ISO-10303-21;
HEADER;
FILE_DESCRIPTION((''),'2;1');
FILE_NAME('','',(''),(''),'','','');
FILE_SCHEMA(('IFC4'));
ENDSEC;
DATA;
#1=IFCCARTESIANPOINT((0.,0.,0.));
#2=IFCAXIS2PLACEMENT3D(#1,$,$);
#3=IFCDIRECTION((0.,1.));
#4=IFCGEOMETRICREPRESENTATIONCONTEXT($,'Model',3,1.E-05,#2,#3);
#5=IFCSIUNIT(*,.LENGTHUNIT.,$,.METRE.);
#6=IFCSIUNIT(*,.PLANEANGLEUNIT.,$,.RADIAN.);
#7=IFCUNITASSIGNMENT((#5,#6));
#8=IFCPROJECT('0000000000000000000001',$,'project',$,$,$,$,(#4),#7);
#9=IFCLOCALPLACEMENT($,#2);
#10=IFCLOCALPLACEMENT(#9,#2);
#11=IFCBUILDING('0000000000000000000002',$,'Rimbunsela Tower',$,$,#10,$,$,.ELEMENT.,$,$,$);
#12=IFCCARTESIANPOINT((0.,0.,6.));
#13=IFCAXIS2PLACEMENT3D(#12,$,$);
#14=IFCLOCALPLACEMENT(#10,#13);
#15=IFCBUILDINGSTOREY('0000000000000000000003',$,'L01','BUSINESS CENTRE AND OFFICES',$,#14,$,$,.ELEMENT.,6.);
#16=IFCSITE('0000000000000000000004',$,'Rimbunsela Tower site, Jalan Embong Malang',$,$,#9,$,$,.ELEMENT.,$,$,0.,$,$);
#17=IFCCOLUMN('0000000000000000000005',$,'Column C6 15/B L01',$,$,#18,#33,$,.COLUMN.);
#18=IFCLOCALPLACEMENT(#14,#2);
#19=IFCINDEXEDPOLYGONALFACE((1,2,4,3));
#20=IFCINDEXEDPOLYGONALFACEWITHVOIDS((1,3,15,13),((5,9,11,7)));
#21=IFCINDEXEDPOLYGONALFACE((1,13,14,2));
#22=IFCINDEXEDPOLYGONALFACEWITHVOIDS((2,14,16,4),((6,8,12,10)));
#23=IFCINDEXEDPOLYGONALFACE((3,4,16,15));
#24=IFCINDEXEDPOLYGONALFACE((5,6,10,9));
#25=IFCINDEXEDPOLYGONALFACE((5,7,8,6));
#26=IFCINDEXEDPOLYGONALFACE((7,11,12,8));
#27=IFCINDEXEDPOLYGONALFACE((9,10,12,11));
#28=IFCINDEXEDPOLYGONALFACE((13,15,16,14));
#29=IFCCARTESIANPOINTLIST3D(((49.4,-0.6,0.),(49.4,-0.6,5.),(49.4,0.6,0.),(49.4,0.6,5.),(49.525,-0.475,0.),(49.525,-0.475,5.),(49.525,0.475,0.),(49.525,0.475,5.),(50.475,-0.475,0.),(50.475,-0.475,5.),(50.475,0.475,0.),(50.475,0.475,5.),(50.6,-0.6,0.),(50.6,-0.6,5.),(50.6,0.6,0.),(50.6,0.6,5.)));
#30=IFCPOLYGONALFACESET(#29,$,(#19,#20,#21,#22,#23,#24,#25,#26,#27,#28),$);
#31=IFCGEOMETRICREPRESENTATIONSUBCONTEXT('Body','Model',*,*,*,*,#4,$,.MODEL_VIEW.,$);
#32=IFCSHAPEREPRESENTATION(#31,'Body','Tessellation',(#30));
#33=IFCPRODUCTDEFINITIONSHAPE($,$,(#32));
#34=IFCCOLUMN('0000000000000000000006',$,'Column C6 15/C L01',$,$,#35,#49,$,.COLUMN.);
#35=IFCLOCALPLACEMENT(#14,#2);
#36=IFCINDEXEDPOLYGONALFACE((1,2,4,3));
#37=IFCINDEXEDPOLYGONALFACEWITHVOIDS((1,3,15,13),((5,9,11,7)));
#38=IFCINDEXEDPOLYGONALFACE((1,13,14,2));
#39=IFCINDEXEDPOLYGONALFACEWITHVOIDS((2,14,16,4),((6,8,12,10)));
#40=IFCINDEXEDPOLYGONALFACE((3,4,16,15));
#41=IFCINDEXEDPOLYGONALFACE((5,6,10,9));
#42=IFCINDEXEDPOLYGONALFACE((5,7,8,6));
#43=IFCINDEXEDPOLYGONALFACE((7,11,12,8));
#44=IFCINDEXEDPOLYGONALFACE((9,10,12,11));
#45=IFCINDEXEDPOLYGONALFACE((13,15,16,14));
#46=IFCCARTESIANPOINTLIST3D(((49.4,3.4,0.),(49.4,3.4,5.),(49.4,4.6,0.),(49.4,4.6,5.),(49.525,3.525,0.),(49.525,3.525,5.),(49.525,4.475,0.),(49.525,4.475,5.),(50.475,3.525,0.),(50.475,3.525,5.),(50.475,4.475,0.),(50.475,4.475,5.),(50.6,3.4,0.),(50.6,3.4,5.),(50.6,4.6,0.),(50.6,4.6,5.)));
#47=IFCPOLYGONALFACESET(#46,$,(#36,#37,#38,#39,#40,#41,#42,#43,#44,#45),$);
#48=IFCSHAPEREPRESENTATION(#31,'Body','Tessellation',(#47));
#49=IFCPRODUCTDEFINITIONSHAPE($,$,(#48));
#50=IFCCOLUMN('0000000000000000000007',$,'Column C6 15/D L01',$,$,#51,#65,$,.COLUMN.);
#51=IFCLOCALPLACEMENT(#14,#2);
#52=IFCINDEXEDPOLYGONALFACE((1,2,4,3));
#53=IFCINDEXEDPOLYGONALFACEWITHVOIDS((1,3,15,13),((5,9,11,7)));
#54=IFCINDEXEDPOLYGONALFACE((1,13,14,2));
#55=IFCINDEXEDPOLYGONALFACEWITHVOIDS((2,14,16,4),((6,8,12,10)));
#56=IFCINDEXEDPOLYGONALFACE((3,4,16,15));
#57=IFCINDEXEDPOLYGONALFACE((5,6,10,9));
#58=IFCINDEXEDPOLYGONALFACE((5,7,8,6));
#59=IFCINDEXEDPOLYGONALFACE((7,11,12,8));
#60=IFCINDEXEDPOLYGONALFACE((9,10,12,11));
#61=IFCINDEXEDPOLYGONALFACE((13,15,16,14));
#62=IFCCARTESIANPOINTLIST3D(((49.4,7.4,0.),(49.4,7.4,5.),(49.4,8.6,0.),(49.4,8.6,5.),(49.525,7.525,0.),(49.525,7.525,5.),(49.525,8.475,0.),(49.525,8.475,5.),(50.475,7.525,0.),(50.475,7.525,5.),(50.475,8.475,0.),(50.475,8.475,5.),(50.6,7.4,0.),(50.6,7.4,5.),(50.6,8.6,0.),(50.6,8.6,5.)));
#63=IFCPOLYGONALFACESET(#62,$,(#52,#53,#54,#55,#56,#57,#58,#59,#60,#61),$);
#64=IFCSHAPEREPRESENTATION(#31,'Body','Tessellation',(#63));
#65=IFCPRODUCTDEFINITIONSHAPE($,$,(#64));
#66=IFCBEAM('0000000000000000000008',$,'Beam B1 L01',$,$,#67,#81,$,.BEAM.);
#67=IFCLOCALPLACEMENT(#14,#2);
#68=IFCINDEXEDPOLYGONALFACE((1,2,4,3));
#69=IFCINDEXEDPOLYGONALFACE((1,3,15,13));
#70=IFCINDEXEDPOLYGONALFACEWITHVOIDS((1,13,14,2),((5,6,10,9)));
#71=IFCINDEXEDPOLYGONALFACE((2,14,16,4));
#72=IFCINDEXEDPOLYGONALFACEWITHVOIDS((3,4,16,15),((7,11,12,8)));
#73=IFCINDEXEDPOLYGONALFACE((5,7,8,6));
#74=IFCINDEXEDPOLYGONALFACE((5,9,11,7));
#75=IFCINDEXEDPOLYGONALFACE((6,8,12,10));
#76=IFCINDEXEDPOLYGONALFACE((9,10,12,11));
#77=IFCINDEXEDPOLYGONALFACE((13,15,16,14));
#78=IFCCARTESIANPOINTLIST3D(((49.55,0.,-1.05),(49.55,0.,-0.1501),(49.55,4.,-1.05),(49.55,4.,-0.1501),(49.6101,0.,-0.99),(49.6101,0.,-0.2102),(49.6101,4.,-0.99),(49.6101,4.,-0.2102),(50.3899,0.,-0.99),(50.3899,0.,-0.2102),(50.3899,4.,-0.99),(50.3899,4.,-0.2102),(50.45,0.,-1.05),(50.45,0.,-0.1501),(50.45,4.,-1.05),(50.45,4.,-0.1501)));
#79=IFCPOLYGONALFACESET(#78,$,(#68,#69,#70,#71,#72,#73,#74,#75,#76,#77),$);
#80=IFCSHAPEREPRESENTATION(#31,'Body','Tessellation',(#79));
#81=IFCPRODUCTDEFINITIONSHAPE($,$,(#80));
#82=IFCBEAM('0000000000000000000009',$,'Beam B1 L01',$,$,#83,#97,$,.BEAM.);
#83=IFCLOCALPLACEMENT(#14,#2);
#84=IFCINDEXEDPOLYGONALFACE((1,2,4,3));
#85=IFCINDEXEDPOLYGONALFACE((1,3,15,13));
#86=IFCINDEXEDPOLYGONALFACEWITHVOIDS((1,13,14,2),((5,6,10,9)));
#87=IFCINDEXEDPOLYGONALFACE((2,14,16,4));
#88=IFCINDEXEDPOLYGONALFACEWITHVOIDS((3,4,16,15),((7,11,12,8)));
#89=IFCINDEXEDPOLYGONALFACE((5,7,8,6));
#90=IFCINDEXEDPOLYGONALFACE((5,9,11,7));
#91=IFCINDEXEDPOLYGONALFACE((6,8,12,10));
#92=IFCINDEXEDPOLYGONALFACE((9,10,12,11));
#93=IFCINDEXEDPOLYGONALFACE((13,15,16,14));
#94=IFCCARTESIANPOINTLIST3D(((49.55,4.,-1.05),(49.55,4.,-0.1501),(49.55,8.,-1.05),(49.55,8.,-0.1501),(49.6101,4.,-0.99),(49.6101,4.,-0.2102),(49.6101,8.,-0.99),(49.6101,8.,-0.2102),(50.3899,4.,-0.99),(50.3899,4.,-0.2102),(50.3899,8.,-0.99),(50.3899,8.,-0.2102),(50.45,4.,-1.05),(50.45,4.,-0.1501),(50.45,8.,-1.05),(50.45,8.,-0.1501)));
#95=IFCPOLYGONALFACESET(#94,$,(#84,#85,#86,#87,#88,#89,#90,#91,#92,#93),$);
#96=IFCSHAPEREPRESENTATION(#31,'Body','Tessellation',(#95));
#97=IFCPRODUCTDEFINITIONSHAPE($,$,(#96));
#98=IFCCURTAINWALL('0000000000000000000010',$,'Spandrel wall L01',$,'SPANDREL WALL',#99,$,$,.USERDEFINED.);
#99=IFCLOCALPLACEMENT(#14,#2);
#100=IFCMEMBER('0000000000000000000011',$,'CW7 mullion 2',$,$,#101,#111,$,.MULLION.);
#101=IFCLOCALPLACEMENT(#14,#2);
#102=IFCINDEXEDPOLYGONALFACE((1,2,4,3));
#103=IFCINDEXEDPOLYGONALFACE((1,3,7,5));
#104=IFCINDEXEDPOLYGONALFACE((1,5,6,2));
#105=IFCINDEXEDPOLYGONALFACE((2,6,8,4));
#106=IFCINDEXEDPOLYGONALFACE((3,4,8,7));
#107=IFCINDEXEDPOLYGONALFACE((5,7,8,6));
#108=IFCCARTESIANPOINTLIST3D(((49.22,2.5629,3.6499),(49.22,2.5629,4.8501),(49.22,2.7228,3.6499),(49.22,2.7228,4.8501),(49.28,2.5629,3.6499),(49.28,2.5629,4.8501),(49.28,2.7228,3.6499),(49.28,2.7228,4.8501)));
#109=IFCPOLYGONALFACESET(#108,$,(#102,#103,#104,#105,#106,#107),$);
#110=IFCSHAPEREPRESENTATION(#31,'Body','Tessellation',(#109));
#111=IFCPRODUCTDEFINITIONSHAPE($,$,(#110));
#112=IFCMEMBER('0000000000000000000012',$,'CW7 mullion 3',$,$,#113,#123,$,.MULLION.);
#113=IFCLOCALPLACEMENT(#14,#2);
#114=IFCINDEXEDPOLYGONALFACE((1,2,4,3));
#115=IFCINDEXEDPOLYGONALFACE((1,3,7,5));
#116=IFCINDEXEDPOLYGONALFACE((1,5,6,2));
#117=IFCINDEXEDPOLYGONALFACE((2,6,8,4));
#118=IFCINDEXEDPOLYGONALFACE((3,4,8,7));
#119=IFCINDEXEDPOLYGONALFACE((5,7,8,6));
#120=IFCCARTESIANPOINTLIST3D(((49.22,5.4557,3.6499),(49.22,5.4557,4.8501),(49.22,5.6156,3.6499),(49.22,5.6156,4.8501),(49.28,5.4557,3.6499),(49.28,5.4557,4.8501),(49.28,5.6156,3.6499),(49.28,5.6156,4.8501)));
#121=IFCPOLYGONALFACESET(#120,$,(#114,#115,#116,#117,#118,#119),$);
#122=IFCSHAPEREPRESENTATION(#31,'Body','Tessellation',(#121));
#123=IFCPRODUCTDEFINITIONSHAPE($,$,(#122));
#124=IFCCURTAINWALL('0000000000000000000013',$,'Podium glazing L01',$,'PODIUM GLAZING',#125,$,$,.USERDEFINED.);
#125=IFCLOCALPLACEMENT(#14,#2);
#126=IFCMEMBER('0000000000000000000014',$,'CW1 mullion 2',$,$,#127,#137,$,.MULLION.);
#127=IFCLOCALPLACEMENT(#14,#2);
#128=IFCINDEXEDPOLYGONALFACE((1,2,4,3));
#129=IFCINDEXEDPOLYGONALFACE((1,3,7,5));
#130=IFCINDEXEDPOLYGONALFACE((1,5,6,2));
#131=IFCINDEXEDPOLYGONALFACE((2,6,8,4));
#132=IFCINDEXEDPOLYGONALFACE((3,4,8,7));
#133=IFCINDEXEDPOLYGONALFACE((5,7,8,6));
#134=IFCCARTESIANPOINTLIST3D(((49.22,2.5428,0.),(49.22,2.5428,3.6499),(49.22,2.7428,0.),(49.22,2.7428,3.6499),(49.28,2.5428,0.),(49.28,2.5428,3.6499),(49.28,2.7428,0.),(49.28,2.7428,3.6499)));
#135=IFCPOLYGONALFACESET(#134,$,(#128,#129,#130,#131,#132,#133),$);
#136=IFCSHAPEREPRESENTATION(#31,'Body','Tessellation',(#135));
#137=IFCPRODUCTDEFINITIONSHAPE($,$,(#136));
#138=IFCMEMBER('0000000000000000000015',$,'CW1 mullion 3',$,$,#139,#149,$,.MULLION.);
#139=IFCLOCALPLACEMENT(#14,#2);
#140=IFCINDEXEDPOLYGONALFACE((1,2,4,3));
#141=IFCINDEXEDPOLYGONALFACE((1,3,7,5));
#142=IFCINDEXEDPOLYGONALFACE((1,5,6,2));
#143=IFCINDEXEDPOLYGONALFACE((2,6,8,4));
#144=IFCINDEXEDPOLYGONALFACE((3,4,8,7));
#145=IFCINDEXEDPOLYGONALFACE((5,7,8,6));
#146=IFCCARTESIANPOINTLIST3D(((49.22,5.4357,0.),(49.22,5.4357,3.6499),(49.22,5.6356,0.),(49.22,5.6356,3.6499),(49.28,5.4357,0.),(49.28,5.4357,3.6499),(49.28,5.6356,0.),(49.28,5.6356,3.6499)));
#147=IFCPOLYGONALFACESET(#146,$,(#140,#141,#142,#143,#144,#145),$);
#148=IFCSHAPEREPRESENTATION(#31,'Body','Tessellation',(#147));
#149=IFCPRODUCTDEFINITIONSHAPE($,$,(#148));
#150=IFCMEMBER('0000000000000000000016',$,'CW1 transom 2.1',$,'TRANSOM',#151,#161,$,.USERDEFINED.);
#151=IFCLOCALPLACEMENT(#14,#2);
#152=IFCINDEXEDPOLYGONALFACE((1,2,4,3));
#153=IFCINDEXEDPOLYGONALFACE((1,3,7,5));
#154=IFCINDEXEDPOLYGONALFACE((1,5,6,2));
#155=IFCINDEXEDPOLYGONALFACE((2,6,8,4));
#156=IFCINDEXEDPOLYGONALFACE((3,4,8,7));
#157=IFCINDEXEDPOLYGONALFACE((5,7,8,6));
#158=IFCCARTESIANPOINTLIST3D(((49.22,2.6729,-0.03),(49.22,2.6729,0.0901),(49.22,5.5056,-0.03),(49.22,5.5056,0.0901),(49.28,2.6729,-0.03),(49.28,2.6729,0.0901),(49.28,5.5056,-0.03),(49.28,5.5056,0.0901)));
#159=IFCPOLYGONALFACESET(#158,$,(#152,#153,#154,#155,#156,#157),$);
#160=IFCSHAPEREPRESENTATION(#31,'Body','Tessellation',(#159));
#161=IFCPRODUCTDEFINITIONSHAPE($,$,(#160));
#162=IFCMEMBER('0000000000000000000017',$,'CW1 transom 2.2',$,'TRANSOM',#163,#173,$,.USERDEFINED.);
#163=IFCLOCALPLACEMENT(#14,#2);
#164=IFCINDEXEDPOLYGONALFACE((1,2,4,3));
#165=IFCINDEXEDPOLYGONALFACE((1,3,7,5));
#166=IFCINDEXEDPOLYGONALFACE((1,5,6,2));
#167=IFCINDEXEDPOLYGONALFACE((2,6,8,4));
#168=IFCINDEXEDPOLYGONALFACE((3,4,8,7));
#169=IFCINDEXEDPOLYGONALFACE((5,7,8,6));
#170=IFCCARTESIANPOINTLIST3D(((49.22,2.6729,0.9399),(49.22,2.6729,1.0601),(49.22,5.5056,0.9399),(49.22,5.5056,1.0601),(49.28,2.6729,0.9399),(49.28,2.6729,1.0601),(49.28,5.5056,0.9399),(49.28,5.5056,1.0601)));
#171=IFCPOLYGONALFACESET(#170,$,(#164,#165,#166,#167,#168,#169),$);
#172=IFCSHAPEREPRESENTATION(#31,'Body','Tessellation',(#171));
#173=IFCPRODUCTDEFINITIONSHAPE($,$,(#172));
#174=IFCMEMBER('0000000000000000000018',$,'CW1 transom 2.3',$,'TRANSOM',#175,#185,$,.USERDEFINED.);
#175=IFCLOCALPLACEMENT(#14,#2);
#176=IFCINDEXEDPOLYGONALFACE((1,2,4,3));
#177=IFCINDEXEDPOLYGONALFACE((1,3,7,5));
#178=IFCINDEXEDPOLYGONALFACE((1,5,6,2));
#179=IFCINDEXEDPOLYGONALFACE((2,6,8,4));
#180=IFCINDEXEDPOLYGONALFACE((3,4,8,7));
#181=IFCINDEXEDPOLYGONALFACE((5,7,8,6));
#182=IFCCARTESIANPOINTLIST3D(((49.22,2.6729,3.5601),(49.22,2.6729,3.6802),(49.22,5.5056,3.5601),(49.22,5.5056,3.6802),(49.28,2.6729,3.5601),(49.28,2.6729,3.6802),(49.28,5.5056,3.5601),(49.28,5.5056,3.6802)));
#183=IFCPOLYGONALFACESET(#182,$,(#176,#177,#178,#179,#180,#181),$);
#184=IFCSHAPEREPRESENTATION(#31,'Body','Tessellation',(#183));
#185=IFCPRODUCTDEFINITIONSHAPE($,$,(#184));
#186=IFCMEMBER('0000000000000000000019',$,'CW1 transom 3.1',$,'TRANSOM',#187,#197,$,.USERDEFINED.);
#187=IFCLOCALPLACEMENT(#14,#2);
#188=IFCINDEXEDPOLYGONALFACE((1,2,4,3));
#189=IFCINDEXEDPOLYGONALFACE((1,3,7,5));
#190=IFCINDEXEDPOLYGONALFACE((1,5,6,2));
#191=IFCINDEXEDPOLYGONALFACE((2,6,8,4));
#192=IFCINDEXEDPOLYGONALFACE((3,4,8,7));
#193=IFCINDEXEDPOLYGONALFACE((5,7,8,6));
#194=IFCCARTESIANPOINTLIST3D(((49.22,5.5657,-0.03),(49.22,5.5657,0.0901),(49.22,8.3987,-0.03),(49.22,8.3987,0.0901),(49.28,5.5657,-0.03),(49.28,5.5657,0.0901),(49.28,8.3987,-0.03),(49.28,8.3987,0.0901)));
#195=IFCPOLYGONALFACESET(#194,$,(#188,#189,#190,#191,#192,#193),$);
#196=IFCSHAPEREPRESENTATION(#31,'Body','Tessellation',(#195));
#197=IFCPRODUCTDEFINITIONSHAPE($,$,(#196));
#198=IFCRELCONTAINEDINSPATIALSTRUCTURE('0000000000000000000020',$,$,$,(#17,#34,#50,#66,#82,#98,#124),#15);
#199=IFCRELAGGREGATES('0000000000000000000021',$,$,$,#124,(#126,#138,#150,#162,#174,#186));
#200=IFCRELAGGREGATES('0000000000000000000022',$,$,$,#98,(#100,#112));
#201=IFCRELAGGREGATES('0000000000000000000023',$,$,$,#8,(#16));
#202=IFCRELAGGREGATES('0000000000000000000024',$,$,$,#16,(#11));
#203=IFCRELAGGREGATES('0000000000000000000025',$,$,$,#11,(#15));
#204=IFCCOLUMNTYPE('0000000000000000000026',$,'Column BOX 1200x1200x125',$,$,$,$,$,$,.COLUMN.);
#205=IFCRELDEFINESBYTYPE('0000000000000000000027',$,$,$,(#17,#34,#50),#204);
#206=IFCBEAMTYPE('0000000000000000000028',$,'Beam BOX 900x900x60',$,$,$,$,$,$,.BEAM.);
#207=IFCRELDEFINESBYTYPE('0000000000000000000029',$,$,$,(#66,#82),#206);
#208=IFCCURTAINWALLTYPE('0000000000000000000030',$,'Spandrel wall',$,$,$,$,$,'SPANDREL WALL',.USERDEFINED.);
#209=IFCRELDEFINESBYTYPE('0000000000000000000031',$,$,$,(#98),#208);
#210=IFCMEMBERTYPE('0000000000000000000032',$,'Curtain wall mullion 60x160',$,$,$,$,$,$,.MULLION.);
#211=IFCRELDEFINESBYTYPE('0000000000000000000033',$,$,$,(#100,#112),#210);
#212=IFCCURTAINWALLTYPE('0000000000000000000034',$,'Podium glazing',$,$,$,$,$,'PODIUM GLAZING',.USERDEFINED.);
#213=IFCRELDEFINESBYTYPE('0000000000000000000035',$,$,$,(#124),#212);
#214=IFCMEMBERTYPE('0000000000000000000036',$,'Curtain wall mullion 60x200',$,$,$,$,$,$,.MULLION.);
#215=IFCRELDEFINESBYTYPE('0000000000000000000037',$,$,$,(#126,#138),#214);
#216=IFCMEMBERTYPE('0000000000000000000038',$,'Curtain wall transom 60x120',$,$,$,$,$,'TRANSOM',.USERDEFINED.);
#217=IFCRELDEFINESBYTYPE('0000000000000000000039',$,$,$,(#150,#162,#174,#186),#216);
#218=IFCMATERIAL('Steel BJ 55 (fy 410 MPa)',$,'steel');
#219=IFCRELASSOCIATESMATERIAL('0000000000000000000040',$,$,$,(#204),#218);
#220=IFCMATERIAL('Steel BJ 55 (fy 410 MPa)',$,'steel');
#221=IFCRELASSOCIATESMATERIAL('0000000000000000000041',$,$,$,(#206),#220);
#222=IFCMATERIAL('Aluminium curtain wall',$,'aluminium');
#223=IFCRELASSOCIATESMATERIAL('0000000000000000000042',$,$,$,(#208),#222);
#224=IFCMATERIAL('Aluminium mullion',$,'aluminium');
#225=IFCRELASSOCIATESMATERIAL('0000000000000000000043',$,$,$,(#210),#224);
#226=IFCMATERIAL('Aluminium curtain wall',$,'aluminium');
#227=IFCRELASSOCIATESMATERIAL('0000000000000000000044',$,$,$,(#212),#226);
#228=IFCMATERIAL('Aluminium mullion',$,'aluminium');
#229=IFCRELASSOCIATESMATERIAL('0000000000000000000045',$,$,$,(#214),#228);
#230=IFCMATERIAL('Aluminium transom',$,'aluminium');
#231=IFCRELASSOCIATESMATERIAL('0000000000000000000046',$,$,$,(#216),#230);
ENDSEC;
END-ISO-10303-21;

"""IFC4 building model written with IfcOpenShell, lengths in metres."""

from ifc_helpers import new_model, si_unit, direction, frame, origin, origin_2d, place, context, subcontext, project, spatial, rectangle, hollow_rectangle, extrude, material, material_profile, profile_set, type_object, element, aggregate, save


model = new_model("IFC4")

# Units and contexts
model_context = context("Model", 3, precision=1e-05, world=origin(), true_north=direction((0.0, 1.0)))
body_context = subcontext(model_context, "Body", "Model", "MODEL_VIEW")
ifc_project = project(units=[si_unit("LENGTHUNIT", "METRE"), si_unit("PLANEANGLEUNIT", "RADIAN")], contexts=[model_context])

# Site, building, storey
site_placement = place(None, origin())
site = spatial("IfcSite", under=ifc_project, at=site_placement, Name="Rimbunsela Tower site, Jalan Embong Malang", CompositionType="ELEMENT", RefElevation=0.0)
building_placement = place(site_placement, origin())
building = spatial("IfcBuilding", under=site, at=building_placement, Name="Rimbunsela Tower", CompositionType="ELEMENT")
storey_placement = place(building_placement, frame((0.0, 0.0, 6.0)))
storey = spatial("IfcBuildingStorey", under=building, at=storey_placement, Name="L01", Description="BUSINESS CENTRE AND OFFICES", CompositionType="ELEMENT", Elevation=6.0)

# Columns
ifc_material_1 = material(Name="Steel BJ 55 (fy 410 MPa)", Category="steel")
ifc_material_profile_1 = material_profile(ifc_material_1, hollow_rectangle(XDim=1.2, YDim=1.2, WallThickness=0.125, at=origin_2d()), Name="BOX 1200x1200x125")
ifc_profile_set_1 = profile_set([ifc_material_profile_1], Name="Steel BJ 55 (fy 410 MPa)")
column_type = type_object("IfcColumnType", Name="Column BOX 1200x1200x125", PredefinedType="COLUMN", material=ifc_profile_set_1)
for number, where, z_axis, x_axis, name in (
    (1, (50.0, 0.0, 0.0), (0.0, 0.0, 1.0), (1.0, 0.0, 0.0), "Column C6 15/B L01"),
    (2, (50.0, 4.0, 0.0), (0.0, 0.0, 1.0), (1.0, 0.0, 0.0), "Column C6 15/C L01"),
    (3, (50.0, 8.0, 0.0), (0.0, 0.0, 1.0), (1.0, 0.0, 0.0), "Column C6 15/D L01"),
):
    element("IfcColumn", number, at=place(storey_placement, frame(where, z_axis=z_axis, x_axis=x_axis)), inside=storey, type_object=column_type, Name=name, PredefinedType="COLUMN", context=body_context, shape_type="SweptSolid", body=[
        extrude(hollow_rectangle(XDim=1.2, YDim=1.2, WallThickness=0.125, at=origin_2d()), origin(), (0.0, 0.0, 1.0), 5.0),
    ])

# Beams
ifc_material_2 = material(Name="Steel BJ 55 (fy 410 MPa)", Category="steel")
ifc_material_profile_2 = material_profile(ifc_material_2, hollow_rectangle(XDim=0.8999, YDim=0.8999, WallThickness=0.0601, at=origin_2d()), Name="BOX 900x900x60")
ifc_profile_set_2 = profile_set([ifc_material_profile_2], Name="Steel BJ 55 (fy 410 MPa)")
beam_type = type_object("IfcBeamType", Name="Beam BOX 900x900x60", PredefinedType="BEAM", material=ifc_profile_set_2)
for number, where, z_axis, x_axis, name in (
    (4, (50.0, 0.0, -0.6001), (0.0, 1.0, 0.0), (-1.0, 0.0, 0.0), "Beam B1 L01"),
    (5, (50.0, 4.0, -0.6001), (0.0, 1.0, 0.0), (-1.0, 0.0, 0.0), "Beam B1 L01"),
):
    element("IfcBeam", number, at=place(storey_placement, frame(where, z_axis=z_axis, x_axis=x_axis)), inside=storey, type_object=beam_type, Name=name, PredefinedType="BEAM", context=body_context, shape_type="SweptSolid", body=[
        extrude(hollow_rectangle(XDim=0.8999, YDim=0.8999, WallThickness=0.0601, at=origin_2d()), origin(), (0.0, 0.0, 1.0), 4.0),
    ])

# Curtain walls, members
ifc_material_3 = material(Name="Aluminium curtain wall", Category="aluminium")
curtain_wall_type_1 = type_object("IfcCurtainWallType", Name="Spandrel wall", ElementType="SPANDREL WALL", PredefinedType="USERDEFINED", material=ifc_material_3)
curtain_wall_1_placement = place(storey_placement, origin())
curtain_wall_1 = element("IfcCurtainWall", 6, at=curtain_wall_1_placement, inside=storey, type_object=curtain_wall_type_1, Name="Spandrel wall L01", ObjectType="SPANDREL WALL", PredefinedType="USERDEFINED")
ifc_material_4 = material(Name="Aluminium mullion", Category="aluminium")
ifc_material_profile_3 = material_profile(ifc_material_4, rectangle(XDim=0.0601, YDim=0.1599, at=origin_2d()), Name="Mullion 60x160")
ifc_profile_set_3 = profile_set([ifc_material_profile_3], Name="Aluminium mullion")
member_type_1 = type_object("IfcMemberType", Name="Curtain wall mullion 60x160", PredefinedType="MULLION", material=ifc_profile_set_3)
member_1_placement = place(storey_placement, frame((49.25, 2.6428, 3.6499), z_axis=(0.0, 0.0, 1.0), x_axis=(-1.0, 0.0, 0.0)))
member_1 = element("IfcMember", 7, at=member_1_placement, type_object=member_type_1, Name="CW7 mullion 2", PredefinedType="MULLION", context=body_context, shape_type="SweptSolid", body=[
    extrude(rectangle(XDim=0.0601, YDim=0.1599, at=origin_2d()), origin(), (0.0, 0.0, 1.0), 1.2002),
])
member_2_placement = place(storey_placement, frame((49.25, 5.5356, 3.6499), z_axis=(0.0, 0.0, 1.0), x_axis=(-1.0, 0.0, 0.0)))
member_2 = element("IfcMember", 8, at=member_2_placement, type_object=member_type_1, Name="CW7 mullion 3", PredefinedType="MULLION", context=body_context, shape_type="SweptSolid", body=[
    extrude(rectangle(XDim=0.0601, YDim=0.1599, at=origin_2d()), origin(), (0.0, 0.0, 1.0), 1.2002),
])
ifc_material_5 = material(Name="Aluminium curtain wall", Category="aluminium")
curtain_wall_type_2 = type_object("IfcCurtainWallType", Name="Podium glazing", ElementType="PODIUM GLAZING", PredefinedType="USERDEFINED", material=ifc_material_5)
curtain_wall_2_placement = place(storey_placement, origin())
curtain_wall_2 = element("IfcCurtainWall", 9, at=curtain_wall_2_placement, inside=storey, type_object=curtain_wall_type_2, Name="Podium glazing L01", ObjectType="PODIUM GLAZING", PredefinedType="USERDEFINED")
ifc_material_6 = material(Name="Aluminium mullion", Category="aluminium")
ifc_material_profile_4 = material_profile(ifc_material_6, rectangle(XDim=0.0601, YDim=0.2, at=origin_2d()), Name="Mullion 60x200")
ifc_profile_set_4 = profile_set([ifc_material_profile_4], Name="Aluminium mullion")
member_type_2 = type_object("IfcMemberType", Name="Curtain wall mullion 60x200", PredefinedType="MULLION", material=ifc_profile_set_4)
member_3_placement = place(storey_placement, frame((49.25, 2.6428, 0.0), z_axis=(0.0, 0.0, 1.0), x_axis=(-1.0, 0.0, 0.0)))
member_3 = element("IfcMember", 10, at=member_3_placement, type_object=member_type_2, Name="CW1 mullion 2", PredefinedType="MULLION", context=body_context, shape_type="SweptSolid", body=[
    extrude(rectangle(XDim=0.0601, YDim=0.2, at=origin_2d()), origin(), (0.0, 0.0, 1.0), 3.6499),
])
member_4_placement = place(storey_placement, frame((49.25, 5.5356, 0.0), z_axis=(0.0, 0.0, 1.0), x_axis=(-1.0, 0.0, 0.0)))
member_4 = element("IfcMember", 11, at=member_4_placement, type_object=member_type_2, Name="CW1 mullion 3", PredefinedType="MULLION", context=body_context, shape_type="SweptSolid", body=[
    extrude(rectangle(XDim=0.0601, YDim=0.2, at=origin_2d()), origin(), (0.0, 0.0, 1.0), 3.6499),
])
ifc_material_7 = material(Name="Aluminium transom", Category="aluminium")
ifc_material_profile_5 = material_profile(ifc_material_7, rectangle(XDim=0.0601, YDim=0.1201, at=origin_2d()), Name="Transom 60x120")
ifc_profile_set_5 = profile_set([ifc_material_profile_5], Name="Aluminium transom")
member_type_3 = type_object("IfcMemberType", Name="Curtain wall transom 60x120", ElementType="TRANSOM", PredefinedType="USERDEFINED", material=ifc_profile_set_5)
member_5_placement = place(storey_placement, frame((49.25, 2.6729, 0.03), z_axis=(0.0, 1.0, 0.0), x_axis=(-1.0, 0.0, 0.0)))
member_5 = element("IfcMember", 12, at=member_5_placement, type_object=member_type_3, Name="CW1 transom 2.1", ObjectType="TRANSOM", PredefinedType="USERDEFINED", context=body_context, shape_type="SweptSolid", body=[
    extrude(rectangle(XDim=0.0601, YDim=0.1201, at=origin_2d()), origin(), (0.0, 0.0, 1.0), 2.8328),
])
member_6_placement = place(storey_placement, frame((49.25, 2.6729, 1.0), z_axis=(0.0, 1.0, 0.0), x_axis=(-1.0, 0.0, 0.0)))
member_6 = element("IfcMember", 13, at=member_6_placement, type_object=member_type_3, Name="CW1 transom 2.2", ObjectType="TRANSOM", PredefinedType="USERDEFINED", context=body_context, shape_type="SweptSolid", body=[
    extrude(rectangle(XDim=0.0601, YDim=0.1201, at=origin_2d()), origin(), (0.0, 0.0, 1.0), 2.8328),
])
member_7_placement = place(storey_placement, frame((49.25, 2.6729, 3.6201), z_axis=(0.0, 1.0, 0.0), x_axis=(-1.0, 0.0, 0.0)))
member_7 = element("IfcMember", 14, at=member_7_placement, type_object=member_type_3, Name="CW1 transom 2.3", ObjectType="TRANSOM", PredefinedType="USERDEFINED", context=body_context, shape_type="SweptSolid", body=[
    extrude(rectangle(XDim=0.0601, YDim=0.1201, at=origin_2d()), origin(), (0.0, 0.0, 1.0), 2.8328),
])
member_8_placement = place(storey_placement, frame((49.25, 5.5657, 0.03), z_axis=(0.0, 1.0, 0.0), x_axis=(-1.0, 0.0, 0.0)))
member_8 = element("IfcMember", 15, at=member_8_placement, type_object=member_type_3, Name="CW1 transom 3.1", ObjectType="TRANSOM", PredefinedType="USERDEFINED", context=body_context, shape_type="SweptSolid", body=[
    extrude(rectangle(XDim=0.0601, YDim=0.1201, at=origin_2d()), origin(), (0.0, 0.0, 1.0), 2.833),
])

aggregate(curtain_wall_2, [member_3, member_4, member_5, member_6, member_7, member_8])
aggregate(curtain_wall_1, [member_1, member_2])

save(model, "model.ifc")
